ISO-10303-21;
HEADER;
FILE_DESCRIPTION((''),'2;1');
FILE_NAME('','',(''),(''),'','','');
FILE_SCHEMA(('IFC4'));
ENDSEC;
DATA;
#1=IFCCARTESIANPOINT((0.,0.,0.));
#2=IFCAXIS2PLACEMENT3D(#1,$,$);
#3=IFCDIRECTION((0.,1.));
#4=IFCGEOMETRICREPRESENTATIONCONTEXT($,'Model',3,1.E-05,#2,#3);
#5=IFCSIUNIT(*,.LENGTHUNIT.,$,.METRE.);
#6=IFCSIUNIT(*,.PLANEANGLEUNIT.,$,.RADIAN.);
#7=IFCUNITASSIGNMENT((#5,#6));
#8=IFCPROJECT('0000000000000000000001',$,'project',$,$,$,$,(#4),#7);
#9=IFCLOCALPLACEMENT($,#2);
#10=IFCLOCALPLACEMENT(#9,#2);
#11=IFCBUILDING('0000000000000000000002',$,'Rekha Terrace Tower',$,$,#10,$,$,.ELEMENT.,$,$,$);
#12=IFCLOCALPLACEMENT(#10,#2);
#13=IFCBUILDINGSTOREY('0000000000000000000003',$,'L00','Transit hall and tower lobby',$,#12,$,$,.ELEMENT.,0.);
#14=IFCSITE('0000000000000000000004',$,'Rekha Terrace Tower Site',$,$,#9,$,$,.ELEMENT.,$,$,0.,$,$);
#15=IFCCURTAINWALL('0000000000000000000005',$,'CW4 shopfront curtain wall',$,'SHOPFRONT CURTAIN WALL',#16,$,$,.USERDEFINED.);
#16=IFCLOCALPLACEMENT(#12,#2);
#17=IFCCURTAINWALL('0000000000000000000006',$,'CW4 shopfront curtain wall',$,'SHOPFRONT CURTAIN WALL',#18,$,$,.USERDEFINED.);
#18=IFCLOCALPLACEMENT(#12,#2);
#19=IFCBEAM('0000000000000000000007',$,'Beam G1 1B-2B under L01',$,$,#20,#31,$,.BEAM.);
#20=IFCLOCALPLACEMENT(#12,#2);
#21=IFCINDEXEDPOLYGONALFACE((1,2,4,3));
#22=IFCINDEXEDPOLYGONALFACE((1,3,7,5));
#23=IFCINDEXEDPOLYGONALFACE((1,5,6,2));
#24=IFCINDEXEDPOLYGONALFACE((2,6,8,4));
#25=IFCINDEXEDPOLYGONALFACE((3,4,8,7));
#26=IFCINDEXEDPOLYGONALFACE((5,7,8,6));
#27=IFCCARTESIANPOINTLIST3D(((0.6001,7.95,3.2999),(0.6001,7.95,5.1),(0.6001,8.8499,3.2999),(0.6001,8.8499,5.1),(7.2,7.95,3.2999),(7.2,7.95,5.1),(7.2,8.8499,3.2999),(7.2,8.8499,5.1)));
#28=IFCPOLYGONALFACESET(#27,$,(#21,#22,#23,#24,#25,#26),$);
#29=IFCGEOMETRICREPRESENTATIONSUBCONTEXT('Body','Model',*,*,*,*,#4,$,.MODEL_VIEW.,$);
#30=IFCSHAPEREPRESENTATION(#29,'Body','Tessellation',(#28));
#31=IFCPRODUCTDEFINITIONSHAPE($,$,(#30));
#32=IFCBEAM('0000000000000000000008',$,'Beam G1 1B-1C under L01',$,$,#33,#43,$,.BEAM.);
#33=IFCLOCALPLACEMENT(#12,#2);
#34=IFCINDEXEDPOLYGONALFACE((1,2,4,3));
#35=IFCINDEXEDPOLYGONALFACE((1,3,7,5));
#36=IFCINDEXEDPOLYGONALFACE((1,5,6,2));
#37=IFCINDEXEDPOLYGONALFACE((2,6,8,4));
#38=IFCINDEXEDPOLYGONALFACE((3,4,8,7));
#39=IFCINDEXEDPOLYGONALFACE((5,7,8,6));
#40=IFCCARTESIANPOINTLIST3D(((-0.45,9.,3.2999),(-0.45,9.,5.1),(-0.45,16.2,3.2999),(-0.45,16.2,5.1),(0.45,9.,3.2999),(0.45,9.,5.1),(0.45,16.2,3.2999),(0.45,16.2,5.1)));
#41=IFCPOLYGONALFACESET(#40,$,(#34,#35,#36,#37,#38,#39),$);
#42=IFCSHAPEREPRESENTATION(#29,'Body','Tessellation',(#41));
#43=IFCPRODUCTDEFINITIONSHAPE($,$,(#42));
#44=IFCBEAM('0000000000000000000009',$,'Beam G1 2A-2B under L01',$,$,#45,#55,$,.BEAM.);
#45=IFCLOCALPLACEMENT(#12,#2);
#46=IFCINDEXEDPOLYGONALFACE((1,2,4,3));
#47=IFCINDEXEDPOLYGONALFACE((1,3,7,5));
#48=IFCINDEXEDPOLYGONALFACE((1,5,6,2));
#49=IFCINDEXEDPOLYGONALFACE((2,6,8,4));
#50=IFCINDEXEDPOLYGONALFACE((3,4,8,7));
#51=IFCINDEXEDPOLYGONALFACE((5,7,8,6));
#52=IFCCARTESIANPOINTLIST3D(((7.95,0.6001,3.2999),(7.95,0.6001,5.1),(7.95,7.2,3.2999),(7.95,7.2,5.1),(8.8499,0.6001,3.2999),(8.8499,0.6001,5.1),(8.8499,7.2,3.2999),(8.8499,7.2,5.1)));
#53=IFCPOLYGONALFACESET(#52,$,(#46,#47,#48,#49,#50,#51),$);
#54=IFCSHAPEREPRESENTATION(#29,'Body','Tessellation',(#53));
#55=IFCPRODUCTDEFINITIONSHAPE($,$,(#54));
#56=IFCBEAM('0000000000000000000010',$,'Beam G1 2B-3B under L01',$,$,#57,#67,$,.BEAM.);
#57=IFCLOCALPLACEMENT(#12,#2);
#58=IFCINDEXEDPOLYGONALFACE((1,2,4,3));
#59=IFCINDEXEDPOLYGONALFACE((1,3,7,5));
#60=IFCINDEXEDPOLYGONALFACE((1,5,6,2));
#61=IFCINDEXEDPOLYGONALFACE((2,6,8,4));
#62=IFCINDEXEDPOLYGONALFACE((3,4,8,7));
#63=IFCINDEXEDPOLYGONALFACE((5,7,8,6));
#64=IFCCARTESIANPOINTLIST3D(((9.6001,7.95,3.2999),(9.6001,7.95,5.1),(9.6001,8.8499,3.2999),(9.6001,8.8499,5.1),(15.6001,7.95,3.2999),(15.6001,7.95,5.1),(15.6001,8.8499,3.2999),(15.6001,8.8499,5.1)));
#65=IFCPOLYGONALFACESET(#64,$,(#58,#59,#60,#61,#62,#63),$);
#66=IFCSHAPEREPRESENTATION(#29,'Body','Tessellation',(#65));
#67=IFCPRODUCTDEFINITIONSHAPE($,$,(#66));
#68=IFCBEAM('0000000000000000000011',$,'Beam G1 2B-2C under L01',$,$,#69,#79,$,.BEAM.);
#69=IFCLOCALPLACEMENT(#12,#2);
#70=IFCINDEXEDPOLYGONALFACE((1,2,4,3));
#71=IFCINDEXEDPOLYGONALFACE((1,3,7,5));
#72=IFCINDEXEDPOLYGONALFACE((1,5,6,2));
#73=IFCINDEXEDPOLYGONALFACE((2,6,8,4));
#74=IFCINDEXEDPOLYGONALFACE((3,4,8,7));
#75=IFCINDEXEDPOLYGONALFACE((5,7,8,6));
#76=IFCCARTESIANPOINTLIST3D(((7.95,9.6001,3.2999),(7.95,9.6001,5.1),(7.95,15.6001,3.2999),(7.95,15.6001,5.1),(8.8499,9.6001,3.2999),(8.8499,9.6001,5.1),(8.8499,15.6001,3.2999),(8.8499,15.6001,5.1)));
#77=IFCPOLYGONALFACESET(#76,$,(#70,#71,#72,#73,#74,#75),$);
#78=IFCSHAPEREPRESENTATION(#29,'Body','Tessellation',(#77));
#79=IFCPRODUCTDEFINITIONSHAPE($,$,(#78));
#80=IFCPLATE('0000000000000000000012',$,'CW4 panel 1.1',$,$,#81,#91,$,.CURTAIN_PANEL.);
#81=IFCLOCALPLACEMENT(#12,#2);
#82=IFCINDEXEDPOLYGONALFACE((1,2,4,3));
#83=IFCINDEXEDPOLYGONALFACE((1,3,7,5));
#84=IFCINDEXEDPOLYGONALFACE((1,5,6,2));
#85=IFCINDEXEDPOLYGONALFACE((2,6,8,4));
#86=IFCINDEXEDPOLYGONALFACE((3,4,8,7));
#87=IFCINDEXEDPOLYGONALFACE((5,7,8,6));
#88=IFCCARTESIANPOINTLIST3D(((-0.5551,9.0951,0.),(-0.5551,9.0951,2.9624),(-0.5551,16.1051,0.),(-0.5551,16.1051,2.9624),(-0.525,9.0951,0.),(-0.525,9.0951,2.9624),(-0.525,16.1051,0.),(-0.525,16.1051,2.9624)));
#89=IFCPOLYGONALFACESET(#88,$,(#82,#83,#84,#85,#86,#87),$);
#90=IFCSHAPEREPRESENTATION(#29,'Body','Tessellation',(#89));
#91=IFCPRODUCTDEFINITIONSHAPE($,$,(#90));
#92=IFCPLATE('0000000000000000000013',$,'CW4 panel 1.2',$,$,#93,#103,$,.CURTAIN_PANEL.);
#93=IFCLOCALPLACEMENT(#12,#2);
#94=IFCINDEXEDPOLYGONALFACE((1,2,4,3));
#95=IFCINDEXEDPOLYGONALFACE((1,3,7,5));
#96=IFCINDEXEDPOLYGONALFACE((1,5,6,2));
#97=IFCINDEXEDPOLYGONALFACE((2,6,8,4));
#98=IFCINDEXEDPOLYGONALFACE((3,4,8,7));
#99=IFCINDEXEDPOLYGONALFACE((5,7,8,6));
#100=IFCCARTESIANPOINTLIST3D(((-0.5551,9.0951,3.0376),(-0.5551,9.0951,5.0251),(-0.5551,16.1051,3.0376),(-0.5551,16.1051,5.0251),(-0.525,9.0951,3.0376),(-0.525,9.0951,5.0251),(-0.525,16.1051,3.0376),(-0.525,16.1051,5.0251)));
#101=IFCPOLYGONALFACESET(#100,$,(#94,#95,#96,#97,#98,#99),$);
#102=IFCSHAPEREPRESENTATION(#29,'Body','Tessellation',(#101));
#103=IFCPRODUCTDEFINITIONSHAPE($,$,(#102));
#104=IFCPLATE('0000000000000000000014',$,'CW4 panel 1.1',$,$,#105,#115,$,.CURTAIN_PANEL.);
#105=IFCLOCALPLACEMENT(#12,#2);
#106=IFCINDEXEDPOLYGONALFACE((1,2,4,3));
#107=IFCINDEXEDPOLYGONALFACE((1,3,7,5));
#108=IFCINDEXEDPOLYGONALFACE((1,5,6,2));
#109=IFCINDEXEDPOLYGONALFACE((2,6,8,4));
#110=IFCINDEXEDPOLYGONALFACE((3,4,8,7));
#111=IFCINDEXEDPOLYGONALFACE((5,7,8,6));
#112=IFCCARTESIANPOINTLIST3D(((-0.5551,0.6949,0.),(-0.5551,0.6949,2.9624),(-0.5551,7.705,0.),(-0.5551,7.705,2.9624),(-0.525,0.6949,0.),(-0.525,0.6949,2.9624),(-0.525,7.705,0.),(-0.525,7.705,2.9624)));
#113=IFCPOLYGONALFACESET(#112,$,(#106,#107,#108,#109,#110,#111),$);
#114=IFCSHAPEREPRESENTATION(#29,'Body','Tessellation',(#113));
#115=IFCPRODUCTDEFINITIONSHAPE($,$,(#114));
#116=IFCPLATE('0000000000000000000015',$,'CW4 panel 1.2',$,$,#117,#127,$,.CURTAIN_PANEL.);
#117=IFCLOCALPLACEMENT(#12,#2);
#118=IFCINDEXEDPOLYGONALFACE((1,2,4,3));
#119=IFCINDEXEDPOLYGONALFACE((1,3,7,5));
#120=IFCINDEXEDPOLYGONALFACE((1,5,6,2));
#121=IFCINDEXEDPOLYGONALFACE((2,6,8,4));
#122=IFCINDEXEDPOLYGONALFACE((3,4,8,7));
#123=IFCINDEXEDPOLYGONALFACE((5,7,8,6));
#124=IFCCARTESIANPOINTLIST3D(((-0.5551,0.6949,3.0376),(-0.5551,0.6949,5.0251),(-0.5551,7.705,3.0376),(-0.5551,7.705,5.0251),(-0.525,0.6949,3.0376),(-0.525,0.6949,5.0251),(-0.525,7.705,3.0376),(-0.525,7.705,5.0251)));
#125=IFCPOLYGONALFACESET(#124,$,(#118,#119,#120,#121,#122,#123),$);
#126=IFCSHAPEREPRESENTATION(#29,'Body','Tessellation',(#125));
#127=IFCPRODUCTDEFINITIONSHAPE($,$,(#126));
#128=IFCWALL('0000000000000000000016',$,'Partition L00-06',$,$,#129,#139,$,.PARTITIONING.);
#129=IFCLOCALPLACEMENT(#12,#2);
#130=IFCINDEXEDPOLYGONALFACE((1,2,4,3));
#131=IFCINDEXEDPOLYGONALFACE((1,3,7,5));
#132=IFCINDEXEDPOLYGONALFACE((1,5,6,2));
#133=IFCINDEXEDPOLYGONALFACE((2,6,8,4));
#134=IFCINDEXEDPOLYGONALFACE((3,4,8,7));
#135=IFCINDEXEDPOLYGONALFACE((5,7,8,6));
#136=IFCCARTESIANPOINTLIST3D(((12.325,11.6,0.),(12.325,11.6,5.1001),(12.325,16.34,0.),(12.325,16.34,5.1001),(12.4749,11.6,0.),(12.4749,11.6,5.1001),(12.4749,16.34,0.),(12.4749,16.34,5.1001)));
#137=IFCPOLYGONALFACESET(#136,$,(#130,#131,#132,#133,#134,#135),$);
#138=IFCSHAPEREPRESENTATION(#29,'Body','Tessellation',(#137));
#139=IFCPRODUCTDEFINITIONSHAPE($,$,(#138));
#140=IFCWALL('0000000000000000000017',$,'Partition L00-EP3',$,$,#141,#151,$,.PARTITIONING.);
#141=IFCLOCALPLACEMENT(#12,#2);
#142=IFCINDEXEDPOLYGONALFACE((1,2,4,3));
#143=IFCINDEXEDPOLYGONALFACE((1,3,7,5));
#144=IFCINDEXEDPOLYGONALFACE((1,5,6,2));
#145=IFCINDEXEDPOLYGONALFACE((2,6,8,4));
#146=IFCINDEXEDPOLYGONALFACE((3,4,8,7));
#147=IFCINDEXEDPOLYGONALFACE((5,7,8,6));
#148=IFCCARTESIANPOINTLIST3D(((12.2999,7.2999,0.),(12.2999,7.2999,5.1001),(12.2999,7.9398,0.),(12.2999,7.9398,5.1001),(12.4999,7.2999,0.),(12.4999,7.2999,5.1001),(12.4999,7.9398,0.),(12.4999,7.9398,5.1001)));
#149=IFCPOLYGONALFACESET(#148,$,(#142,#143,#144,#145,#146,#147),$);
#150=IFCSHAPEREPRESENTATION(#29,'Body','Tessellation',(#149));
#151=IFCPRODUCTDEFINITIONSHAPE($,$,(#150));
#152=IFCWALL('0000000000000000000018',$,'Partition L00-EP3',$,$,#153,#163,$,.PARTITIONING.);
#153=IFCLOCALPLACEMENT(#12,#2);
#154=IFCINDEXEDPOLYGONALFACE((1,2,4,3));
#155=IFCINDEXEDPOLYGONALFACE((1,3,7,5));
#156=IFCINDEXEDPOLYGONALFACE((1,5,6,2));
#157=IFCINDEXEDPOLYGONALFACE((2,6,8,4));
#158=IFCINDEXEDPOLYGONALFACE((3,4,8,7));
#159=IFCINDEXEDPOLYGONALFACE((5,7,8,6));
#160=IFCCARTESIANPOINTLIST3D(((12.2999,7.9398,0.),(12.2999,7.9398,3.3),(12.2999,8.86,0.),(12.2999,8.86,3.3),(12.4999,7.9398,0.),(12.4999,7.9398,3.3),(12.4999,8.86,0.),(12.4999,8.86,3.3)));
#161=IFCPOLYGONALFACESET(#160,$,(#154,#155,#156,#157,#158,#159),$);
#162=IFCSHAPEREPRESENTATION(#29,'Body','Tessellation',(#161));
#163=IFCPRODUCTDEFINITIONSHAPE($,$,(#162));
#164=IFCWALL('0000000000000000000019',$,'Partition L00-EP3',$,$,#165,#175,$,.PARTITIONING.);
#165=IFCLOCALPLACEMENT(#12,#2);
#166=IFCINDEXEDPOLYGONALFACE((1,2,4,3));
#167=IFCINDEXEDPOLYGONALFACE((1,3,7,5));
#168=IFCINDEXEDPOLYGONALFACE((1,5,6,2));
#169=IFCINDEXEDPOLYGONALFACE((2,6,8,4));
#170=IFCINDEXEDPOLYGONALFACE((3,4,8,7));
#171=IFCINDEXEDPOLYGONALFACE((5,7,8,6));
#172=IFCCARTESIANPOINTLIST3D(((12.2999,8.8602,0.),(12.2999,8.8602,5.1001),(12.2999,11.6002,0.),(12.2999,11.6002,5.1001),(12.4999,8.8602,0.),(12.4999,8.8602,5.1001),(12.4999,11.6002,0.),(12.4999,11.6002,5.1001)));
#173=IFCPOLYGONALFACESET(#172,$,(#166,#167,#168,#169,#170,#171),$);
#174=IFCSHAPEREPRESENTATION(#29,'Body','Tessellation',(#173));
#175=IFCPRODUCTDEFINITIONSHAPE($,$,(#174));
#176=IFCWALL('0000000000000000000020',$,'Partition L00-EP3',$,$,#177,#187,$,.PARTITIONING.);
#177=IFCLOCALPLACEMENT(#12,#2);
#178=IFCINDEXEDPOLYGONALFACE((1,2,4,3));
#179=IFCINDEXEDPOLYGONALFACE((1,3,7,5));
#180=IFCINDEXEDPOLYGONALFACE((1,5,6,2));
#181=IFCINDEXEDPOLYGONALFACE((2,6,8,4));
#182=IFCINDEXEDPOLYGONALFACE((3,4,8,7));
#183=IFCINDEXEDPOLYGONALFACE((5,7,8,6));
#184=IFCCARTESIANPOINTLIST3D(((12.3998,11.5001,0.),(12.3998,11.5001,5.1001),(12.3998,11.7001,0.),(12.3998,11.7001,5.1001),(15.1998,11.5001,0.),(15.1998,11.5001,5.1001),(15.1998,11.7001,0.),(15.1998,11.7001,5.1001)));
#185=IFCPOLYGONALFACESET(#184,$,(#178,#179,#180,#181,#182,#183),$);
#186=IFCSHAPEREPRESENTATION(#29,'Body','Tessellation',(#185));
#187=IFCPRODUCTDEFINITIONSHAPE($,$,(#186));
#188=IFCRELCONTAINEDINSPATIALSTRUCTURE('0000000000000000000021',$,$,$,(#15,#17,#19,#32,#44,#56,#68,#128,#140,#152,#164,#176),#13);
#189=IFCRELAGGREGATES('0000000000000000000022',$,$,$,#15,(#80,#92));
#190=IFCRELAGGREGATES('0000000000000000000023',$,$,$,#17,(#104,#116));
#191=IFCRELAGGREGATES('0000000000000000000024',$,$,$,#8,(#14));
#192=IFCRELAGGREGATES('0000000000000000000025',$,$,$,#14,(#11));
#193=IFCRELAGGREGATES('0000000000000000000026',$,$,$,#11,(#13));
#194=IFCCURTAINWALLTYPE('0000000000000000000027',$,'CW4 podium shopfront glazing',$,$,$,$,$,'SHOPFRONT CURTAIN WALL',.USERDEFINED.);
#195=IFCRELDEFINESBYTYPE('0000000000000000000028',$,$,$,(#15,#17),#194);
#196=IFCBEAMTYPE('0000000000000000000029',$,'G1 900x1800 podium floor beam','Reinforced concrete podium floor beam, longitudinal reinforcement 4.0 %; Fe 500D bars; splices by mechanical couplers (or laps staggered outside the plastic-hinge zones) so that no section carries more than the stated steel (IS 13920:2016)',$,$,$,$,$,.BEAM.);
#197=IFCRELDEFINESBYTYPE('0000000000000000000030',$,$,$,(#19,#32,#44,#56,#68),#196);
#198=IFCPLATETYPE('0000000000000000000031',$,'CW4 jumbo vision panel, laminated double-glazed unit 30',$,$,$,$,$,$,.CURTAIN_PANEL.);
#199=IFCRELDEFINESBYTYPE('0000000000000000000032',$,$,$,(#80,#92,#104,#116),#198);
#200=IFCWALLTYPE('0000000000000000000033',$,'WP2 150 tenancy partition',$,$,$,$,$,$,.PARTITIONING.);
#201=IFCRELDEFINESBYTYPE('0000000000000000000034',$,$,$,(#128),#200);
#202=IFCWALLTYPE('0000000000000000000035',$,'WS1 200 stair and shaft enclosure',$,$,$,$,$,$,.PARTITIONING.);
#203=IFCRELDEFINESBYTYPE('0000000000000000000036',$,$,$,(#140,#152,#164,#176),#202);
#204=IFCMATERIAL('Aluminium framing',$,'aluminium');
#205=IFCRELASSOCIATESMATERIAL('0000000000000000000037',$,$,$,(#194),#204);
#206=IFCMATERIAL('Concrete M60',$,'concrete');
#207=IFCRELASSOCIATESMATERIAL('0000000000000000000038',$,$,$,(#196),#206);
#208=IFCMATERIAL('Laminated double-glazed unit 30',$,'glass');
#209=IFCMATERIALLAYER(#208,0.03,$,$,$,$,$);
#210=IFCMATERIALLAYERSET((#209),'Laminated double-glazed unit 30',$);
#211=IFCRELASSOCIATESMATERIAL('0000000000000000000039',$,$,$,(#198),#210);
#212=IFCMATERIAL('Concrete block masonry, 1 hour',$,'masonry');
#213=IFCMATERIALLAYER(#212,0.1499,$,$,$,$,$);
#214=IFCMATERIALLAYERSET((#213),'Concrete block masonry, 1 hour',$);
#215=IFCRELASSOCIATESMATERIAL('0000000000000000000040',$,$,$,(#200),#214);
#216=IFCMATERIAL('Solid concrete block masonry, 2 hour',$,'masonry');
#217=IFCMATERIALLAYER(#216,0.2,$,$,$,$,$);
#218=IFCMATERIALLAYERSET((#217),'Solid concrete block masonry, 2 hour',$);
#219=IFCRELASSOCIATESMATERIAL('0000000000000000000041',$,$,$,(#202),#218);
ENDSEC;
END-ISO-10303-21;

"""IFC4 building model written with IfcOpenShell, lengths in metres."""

from ifc_helpers import new_model, si_unit, direction, frame, frame_2d, origin, origin_2d, place, context, subcontext, project, spatial, rectangle, extrude, material, layer, layer_set, material_profile, profile_set, type_object, element, aggregate, save


model = new_model("IFC4")

# Units and contexts
model_context = context("Model", 3, precision=1e-05, world=origin(), true_north=direction((0.0, 1.0)))
body_context = subcontext(model_context, "Body", "Model", "MODEL_VIEW")
ifc_project = project(units=[si_unit("LENGTHUNIT", "METRE"), si_unit("PLANEANGLEUNIT", "RADIAN")], contexts=[model_context])

# Site, building, storey
site_placement = place(None, origin())
site = spatial("IfcSite", under=ifc_project, at=site_placement, Name="Rekha Terrace Tower Site", CompositionType="ELEMENT", RefElevation=0.0)
building_placement = place(site_placement, origin())
building = spatial("IfcBuilding", under=site, at=building_placement, Name="Rekha Terrace Tower", CompositionType="ELEMENT")
storey_placement = place(building_placement, origin())
storey = spatial("IfcBuildingStorey", under=building, at=storey_placement, Name="L00", Description="Transit hall and tower lobby", CompositionType="ELEMENT", Elevation=0.0)

# Shared definitions
ifc_material_1 = material(Name="Concrete M60", Category="concrete")

# Curtain walls
ifc_material_2 = material(Name="Aluminium framing", Category="aluminium")
curtain_wall_type = type_object("IfcCurtainWallType", Name="CW4 podium shopfront glazing", ElementType="SHOPFRONT CURTAIN WALL", PredefinedType="USERDEFINED", material=ifc_material_2)
curtain_wall_1_placement = place(storey_placement, origin())
curtain_wall_1 = element("IfcCurtainWall", 1, at=curtain_wall_1_placement, inside=storey, type_object=curtain_wall_type, Name="CW4 shopfront curtain wall", ObjectType="SHOPFRONT CURTAIN WALL", PredefinedType="USERDEFINED")
curtain_wall_2_placement = place(storey_placement, origin())
curtain_wall_2 = element("IfcCurtainWall", 2, at=curtain_wall_2_placement, inside=storey, type_object=curtain_wall_type, Name="CW4 shopfront curtain wall", ObjectType="SHOPFRONT CURTAIN WALL", PredefinedType="USERDEFINED")

# Beams
ifc_material_profile_1 = material_profile(ifc_material_1, rectangle(XDim=0.8999, YDim=1.8, at=origin_2d()), Name="RC 900x1800")
ifc_profile_set_1 = profile_set([ifc_material_profile_1], Name="Concrete M60")
beam_type = type_object("IfcBeamType", Name="G1 900x1800 podium floor beam", Description="Reinforced concrete podium floor beam, longitudinal reinforcement 4.0 %; Fe 500D bars; splices by mechanical couplers (or laps staggered outside the plastic-hinge zones) so that no section carries more than the stated steel (IS 13920:2016)", PredefinedType="BEAM", material=ifc_profile_set_1)
beam_1_placement = place(storey_placement, frame((0.6001, 8.3999, 4.2), z_axis=(1.0, 0.0, 0.0), x_axis=(0.0, 1.0, 0.0)))
element("IfcBeam", 3, at=beam_1_placement, inside=storey, type_object=beam_type, Name="Beam G1 1B-2B under L01", PredefinedType="BEAM", context=body_context, shape_type="SweptSolid", body=[
    extrude(rectangle(XDim=0.8999, YDim=1.8, at=origin_2d()), origin(), (0.0, 0.0, 1.0), 6.5999),
])
beam_2_placement = place(storey_placement, frame((0.0, 9.0, 4.2), z_axis=(0.0, 1.0, 0.0), x_axis=(-1.0, 0.0, 0.0)))
element("IfcBeam", 4, at=beam_2_placement, inside=storey, type_object=beam_type, Name="Beam G1 1B-1C under L01", PredefinedType="BEAM", context=body_context, shape_type="SweptSolid", body=[
    extrude(rectangle(XDim=0.8999, YDim=1.8, at=origin_2d()), origin(), (0.0, 0.0, 1.0), 7.2),
])
beam_3_placement = place(storey_placement, frame((8.3999, 0.6001, 4.2), z_axis=(0.0, 1.0, 0.0), x_axis=(-1.0, 0.0, 0.0)))
element("IfcBeam", 5, at=beam_3_placement, inside=storey, type_object=beam_type, Name="Beam G1 2A-2B under L01", PredefinedType="BEAM", context=body_context, shape_type="SweptSolid", body=[
    extrude(rectangle(XDim=0.8999, YDim=1.8, at=origin_2d()), origin(), (0.0, 0.0, 1.0), 6.5999),
])
for number, where, z_axis, x_axis, name in (
    (6, (9.6001, 8.3999, 4.2), (1.0, 0.0, 0.0), (0.0, 1.0, 0.0), "Beam G1 2B-3B under L01"),
    (7, (8.3999, 9.6001, 4.2), (0.0, 1.0, 0.0), (-1.0, 0.0, 0.0), "Beam G1 2B-2C under L01"),
):
    element("IfcBeam", number, at=place(storey_placement, frame(where, z_axis=z_axis, x_axis=x_axis)), inside=storey, type_object=beam_type, Name=name, PredefinedType="BEAM", context=body_context, shape_type="SweptSolid", body=[
        extrude(rectangle(XDim=0.8999, YDim=1.8, at=origin_2d()), origin(), (0.0, 0.0, 1.0), 6.0),
    ])

# Plates
ifc_material_3 = material(Name="Laminated double-glazed unit 30", Category="glass")
ifc_layer_1 = layer(ifc_material_3, 0.03)
ifc_layer_set_1 = layer_set([ifc_layer_1], Name="Laminated double-glazed unit 30")
plate_type = type_object("IfcPlateType", Name="CW4 jumbo vision panel, laminated double-glazed unit 30", PredefinedType="CURTAIN_PANEL", material=ifc_layer_set_1)
plate_1_placement = place(storey_placement, frame((-0.54, 12.6001, 0.0), z_axis=(0.0, 0.0, 1.0), x_axis=(0.0, -1.0, 0.0)))
plate_1 = element("IfcPlate", 8, at=plate_1_placement, type_object=plate_type, Name="CW4 panel 1.1", PredefinedType="CURTAIN_PANEL", context=body_context, shape_type="SweptSolid", body=[
    extrude(rectangle(XDim=7.01, YDim=0.03, at=origin_2d()), origin(), (0.0, 0.0, 1.0), 2.9624),
])
plate_2_placement = place(storey_placement, frame((-0.54, 12.6001, 3.0376), z_axis=(0.0, 0.0, 1.0), x_axis=(0.0, -1.0, 0.0)))
plate_2 = element("IfcPlate", 9, at=plate_2_placement, type_object=plate_type, Name="CW4 panel 1.2", PredefinedType="CURTAIN_PANEL", context=body_context, shape_type="SweptSolid", body=[
    extrude(rectangle(XDim=7.01, YDim=0.03, at=origin_2d()), origin(), (0.0, 0.0, 1.0), 1.9875),
])
aggregate(curtain_wall_1, [plate_1, plate_2])
plate_3_placement = place(storey_placement, frame((-0.54, 4.2, 0.0), z_axis=(0.0, 0.0, 1.0), x_axis=(0.0, -1.0, 0.0)))
plate_3 = element("IfcPlate", 10, at=plate_3_placement, type_object=plate_type, Name="CW4 panel 1.1", PredefinedType="CURTAIN_PANEL", context=body_context, shape_type="SweptSolid", body=[
    extrude(rectangle(XDim=7.01, YDim=0.03, at=origin_2d()), origin(), (0.0, 0.0, 1.0), 2.9624),
])
plate_4_placement = place(storey_placement, frame((-0.54, 4.2, 3.0376), z_axis=(0.0, 0.0, 1.0), x_axis=(0.0, -1.0, 0.0)))
plate_4 = element("IfcPlate", 11, at=plate_4_placement, type_object=plate_type, Name="CW4 panel 1.2", PredefinedType="CURTAIN_PANEL", context=body_context, shape_type="SweptSolid", body=[
    extrude(rectangle(XDim=7.01, YDim=0.03, at=origin_2d()), origin(), (0.0, 0.0, 1.0), 1.9875),
])
aggregate(curtain_wall_2, [plate_3, plate_4])

# Walls
ifc_material_4 = material(Name="Concrete block masonry, 1 hour", Category="masonry")
ifc_layer_2 = layer(ifc_material_4, 0.1499)
ifc_layer_set_2 = layer_set([ifc_layer_2], Name="Concrete block masonry, 1 hour")
wall_type_1 = type_object("IfcWallType", Name="WP2 150 tenancy partition", PredefinedType="PARTITIONING", material=ifc_layer_set_2)
wall_1_placement = place(storey_placement, frame((12.3999, 16.3401, 0.0), z_axis=(0.0, 0.0, 1.0), x_axis=(0.0, -1.0, 0.0)))
element("IfcWall", 12, at=wall_1_placement, inside=storey, type_object=wall_type_1, Name="Partition L00-06", PredefinedType="PARTITIONING", context=body_context, shape_type="SweptSolid", body=[
    extrude(rectangle(XDim=4.74, YDim=0.1499, at=frame_2d((2.3701, 0.0))), origin(), (0.0, 0.0, 1.0), 5.1001),
])
ifc_material_5 = material(Name="Solid concrete block masonry, 2 hour", Category="masonry")
ifc_layer_3 = layer(ifc_material_5, 0.2)
ifc_layer_set_3 = layer_set([ifc_layer_3], Name="Solid concrete block masonry, 2 hour")
wall_type_2 = type_object("IfcWallType", Name="WS1 200 stair and shaft enclosure", PredefinedType="PARTITIONING", material=ifc_layer_set_3)
wall_2_placement = place(storey_placement, frame((12.3999, 7.3, 0.0), z_axis=(0.0, 0.0, 1.0), x_axis=(0.0, 1.0, 0.0)))
element("IfcWall", 13, at=wall_2_placement, inside=storey, type_object=wall_type_2, Name="Partition L00-EP3", PredefinedType="PARTITIONING", context=body_context, shape_type="SweptSolid", body=[
    extrude(rectangle(XDim=0.6399, YDim=0.2, at=frame_2d((0.3198, 0.0))), origin(), (0.0, 0.0, 1.0), 5.1001),
])
wall_3_placement = place(storey_placement, frame((12.3999, 7.9399, 0.0), z_axis=(0.0, 0.0, 1.0), x_axis=(0.0, 1.0, 0.0)))
element("IfcWall", 14, at=wall_3_placement, inside=storey, type_object=wall_type_2, Name="Partition L00-EP3", PredefinedType="PARTITIONING", context=body_context, shape_type="SweptSolid", body=[
    extrude(rectangle(XDim=0.9202, YDim=0.2, at=frame_2d((0.46, 0.0))), origin(), (0.0, 0.0, 1.0), 3.3),
])
wall_4_placement = place(storey_placement, frame((12.3999, 8.8601, 0.0), z_axis=(0.0, 0.0, 1.0), x_axis=(0.0, 1.0, 0.0)))
element("IfcWall", 15, at=wall_4_placement, inside=storey, type_object=wall_type_2, Name="Partition L00-EP3", PredefinedType="PARTITIONING", context=body_context, shape_type="SweptSolid", body=[
    extrude(rectangle(XDim=2.74, YDim=0.2, at=frame_2d((1.3701, 0.0))), origin(), (0.0, 0.0, 1.0), 5.1001),
])
wall_5_placement = place(storey_placement, frame((12.3999, 11.6001, 0.0), z_axis=(0.0, 0.0, 1.0), x_axis=(1.0, 0.0, 0.0)))
element("IfcWall", 16, at=wall_5_placement, inside=storey, type_object=wall_type_2, Name="Partition L00-EP3", PredefinedType="PARTITIONING", context=body_context, shape_type="SweptSolid", body=[
    extrude(rectangle(XDim=2.8, YDim=0.2, at=frame_2d((1.3999, 0.0))), origin(), (0.0, 0.0, 1.0), 5.1001),
])

save(model, "model.ifc")
